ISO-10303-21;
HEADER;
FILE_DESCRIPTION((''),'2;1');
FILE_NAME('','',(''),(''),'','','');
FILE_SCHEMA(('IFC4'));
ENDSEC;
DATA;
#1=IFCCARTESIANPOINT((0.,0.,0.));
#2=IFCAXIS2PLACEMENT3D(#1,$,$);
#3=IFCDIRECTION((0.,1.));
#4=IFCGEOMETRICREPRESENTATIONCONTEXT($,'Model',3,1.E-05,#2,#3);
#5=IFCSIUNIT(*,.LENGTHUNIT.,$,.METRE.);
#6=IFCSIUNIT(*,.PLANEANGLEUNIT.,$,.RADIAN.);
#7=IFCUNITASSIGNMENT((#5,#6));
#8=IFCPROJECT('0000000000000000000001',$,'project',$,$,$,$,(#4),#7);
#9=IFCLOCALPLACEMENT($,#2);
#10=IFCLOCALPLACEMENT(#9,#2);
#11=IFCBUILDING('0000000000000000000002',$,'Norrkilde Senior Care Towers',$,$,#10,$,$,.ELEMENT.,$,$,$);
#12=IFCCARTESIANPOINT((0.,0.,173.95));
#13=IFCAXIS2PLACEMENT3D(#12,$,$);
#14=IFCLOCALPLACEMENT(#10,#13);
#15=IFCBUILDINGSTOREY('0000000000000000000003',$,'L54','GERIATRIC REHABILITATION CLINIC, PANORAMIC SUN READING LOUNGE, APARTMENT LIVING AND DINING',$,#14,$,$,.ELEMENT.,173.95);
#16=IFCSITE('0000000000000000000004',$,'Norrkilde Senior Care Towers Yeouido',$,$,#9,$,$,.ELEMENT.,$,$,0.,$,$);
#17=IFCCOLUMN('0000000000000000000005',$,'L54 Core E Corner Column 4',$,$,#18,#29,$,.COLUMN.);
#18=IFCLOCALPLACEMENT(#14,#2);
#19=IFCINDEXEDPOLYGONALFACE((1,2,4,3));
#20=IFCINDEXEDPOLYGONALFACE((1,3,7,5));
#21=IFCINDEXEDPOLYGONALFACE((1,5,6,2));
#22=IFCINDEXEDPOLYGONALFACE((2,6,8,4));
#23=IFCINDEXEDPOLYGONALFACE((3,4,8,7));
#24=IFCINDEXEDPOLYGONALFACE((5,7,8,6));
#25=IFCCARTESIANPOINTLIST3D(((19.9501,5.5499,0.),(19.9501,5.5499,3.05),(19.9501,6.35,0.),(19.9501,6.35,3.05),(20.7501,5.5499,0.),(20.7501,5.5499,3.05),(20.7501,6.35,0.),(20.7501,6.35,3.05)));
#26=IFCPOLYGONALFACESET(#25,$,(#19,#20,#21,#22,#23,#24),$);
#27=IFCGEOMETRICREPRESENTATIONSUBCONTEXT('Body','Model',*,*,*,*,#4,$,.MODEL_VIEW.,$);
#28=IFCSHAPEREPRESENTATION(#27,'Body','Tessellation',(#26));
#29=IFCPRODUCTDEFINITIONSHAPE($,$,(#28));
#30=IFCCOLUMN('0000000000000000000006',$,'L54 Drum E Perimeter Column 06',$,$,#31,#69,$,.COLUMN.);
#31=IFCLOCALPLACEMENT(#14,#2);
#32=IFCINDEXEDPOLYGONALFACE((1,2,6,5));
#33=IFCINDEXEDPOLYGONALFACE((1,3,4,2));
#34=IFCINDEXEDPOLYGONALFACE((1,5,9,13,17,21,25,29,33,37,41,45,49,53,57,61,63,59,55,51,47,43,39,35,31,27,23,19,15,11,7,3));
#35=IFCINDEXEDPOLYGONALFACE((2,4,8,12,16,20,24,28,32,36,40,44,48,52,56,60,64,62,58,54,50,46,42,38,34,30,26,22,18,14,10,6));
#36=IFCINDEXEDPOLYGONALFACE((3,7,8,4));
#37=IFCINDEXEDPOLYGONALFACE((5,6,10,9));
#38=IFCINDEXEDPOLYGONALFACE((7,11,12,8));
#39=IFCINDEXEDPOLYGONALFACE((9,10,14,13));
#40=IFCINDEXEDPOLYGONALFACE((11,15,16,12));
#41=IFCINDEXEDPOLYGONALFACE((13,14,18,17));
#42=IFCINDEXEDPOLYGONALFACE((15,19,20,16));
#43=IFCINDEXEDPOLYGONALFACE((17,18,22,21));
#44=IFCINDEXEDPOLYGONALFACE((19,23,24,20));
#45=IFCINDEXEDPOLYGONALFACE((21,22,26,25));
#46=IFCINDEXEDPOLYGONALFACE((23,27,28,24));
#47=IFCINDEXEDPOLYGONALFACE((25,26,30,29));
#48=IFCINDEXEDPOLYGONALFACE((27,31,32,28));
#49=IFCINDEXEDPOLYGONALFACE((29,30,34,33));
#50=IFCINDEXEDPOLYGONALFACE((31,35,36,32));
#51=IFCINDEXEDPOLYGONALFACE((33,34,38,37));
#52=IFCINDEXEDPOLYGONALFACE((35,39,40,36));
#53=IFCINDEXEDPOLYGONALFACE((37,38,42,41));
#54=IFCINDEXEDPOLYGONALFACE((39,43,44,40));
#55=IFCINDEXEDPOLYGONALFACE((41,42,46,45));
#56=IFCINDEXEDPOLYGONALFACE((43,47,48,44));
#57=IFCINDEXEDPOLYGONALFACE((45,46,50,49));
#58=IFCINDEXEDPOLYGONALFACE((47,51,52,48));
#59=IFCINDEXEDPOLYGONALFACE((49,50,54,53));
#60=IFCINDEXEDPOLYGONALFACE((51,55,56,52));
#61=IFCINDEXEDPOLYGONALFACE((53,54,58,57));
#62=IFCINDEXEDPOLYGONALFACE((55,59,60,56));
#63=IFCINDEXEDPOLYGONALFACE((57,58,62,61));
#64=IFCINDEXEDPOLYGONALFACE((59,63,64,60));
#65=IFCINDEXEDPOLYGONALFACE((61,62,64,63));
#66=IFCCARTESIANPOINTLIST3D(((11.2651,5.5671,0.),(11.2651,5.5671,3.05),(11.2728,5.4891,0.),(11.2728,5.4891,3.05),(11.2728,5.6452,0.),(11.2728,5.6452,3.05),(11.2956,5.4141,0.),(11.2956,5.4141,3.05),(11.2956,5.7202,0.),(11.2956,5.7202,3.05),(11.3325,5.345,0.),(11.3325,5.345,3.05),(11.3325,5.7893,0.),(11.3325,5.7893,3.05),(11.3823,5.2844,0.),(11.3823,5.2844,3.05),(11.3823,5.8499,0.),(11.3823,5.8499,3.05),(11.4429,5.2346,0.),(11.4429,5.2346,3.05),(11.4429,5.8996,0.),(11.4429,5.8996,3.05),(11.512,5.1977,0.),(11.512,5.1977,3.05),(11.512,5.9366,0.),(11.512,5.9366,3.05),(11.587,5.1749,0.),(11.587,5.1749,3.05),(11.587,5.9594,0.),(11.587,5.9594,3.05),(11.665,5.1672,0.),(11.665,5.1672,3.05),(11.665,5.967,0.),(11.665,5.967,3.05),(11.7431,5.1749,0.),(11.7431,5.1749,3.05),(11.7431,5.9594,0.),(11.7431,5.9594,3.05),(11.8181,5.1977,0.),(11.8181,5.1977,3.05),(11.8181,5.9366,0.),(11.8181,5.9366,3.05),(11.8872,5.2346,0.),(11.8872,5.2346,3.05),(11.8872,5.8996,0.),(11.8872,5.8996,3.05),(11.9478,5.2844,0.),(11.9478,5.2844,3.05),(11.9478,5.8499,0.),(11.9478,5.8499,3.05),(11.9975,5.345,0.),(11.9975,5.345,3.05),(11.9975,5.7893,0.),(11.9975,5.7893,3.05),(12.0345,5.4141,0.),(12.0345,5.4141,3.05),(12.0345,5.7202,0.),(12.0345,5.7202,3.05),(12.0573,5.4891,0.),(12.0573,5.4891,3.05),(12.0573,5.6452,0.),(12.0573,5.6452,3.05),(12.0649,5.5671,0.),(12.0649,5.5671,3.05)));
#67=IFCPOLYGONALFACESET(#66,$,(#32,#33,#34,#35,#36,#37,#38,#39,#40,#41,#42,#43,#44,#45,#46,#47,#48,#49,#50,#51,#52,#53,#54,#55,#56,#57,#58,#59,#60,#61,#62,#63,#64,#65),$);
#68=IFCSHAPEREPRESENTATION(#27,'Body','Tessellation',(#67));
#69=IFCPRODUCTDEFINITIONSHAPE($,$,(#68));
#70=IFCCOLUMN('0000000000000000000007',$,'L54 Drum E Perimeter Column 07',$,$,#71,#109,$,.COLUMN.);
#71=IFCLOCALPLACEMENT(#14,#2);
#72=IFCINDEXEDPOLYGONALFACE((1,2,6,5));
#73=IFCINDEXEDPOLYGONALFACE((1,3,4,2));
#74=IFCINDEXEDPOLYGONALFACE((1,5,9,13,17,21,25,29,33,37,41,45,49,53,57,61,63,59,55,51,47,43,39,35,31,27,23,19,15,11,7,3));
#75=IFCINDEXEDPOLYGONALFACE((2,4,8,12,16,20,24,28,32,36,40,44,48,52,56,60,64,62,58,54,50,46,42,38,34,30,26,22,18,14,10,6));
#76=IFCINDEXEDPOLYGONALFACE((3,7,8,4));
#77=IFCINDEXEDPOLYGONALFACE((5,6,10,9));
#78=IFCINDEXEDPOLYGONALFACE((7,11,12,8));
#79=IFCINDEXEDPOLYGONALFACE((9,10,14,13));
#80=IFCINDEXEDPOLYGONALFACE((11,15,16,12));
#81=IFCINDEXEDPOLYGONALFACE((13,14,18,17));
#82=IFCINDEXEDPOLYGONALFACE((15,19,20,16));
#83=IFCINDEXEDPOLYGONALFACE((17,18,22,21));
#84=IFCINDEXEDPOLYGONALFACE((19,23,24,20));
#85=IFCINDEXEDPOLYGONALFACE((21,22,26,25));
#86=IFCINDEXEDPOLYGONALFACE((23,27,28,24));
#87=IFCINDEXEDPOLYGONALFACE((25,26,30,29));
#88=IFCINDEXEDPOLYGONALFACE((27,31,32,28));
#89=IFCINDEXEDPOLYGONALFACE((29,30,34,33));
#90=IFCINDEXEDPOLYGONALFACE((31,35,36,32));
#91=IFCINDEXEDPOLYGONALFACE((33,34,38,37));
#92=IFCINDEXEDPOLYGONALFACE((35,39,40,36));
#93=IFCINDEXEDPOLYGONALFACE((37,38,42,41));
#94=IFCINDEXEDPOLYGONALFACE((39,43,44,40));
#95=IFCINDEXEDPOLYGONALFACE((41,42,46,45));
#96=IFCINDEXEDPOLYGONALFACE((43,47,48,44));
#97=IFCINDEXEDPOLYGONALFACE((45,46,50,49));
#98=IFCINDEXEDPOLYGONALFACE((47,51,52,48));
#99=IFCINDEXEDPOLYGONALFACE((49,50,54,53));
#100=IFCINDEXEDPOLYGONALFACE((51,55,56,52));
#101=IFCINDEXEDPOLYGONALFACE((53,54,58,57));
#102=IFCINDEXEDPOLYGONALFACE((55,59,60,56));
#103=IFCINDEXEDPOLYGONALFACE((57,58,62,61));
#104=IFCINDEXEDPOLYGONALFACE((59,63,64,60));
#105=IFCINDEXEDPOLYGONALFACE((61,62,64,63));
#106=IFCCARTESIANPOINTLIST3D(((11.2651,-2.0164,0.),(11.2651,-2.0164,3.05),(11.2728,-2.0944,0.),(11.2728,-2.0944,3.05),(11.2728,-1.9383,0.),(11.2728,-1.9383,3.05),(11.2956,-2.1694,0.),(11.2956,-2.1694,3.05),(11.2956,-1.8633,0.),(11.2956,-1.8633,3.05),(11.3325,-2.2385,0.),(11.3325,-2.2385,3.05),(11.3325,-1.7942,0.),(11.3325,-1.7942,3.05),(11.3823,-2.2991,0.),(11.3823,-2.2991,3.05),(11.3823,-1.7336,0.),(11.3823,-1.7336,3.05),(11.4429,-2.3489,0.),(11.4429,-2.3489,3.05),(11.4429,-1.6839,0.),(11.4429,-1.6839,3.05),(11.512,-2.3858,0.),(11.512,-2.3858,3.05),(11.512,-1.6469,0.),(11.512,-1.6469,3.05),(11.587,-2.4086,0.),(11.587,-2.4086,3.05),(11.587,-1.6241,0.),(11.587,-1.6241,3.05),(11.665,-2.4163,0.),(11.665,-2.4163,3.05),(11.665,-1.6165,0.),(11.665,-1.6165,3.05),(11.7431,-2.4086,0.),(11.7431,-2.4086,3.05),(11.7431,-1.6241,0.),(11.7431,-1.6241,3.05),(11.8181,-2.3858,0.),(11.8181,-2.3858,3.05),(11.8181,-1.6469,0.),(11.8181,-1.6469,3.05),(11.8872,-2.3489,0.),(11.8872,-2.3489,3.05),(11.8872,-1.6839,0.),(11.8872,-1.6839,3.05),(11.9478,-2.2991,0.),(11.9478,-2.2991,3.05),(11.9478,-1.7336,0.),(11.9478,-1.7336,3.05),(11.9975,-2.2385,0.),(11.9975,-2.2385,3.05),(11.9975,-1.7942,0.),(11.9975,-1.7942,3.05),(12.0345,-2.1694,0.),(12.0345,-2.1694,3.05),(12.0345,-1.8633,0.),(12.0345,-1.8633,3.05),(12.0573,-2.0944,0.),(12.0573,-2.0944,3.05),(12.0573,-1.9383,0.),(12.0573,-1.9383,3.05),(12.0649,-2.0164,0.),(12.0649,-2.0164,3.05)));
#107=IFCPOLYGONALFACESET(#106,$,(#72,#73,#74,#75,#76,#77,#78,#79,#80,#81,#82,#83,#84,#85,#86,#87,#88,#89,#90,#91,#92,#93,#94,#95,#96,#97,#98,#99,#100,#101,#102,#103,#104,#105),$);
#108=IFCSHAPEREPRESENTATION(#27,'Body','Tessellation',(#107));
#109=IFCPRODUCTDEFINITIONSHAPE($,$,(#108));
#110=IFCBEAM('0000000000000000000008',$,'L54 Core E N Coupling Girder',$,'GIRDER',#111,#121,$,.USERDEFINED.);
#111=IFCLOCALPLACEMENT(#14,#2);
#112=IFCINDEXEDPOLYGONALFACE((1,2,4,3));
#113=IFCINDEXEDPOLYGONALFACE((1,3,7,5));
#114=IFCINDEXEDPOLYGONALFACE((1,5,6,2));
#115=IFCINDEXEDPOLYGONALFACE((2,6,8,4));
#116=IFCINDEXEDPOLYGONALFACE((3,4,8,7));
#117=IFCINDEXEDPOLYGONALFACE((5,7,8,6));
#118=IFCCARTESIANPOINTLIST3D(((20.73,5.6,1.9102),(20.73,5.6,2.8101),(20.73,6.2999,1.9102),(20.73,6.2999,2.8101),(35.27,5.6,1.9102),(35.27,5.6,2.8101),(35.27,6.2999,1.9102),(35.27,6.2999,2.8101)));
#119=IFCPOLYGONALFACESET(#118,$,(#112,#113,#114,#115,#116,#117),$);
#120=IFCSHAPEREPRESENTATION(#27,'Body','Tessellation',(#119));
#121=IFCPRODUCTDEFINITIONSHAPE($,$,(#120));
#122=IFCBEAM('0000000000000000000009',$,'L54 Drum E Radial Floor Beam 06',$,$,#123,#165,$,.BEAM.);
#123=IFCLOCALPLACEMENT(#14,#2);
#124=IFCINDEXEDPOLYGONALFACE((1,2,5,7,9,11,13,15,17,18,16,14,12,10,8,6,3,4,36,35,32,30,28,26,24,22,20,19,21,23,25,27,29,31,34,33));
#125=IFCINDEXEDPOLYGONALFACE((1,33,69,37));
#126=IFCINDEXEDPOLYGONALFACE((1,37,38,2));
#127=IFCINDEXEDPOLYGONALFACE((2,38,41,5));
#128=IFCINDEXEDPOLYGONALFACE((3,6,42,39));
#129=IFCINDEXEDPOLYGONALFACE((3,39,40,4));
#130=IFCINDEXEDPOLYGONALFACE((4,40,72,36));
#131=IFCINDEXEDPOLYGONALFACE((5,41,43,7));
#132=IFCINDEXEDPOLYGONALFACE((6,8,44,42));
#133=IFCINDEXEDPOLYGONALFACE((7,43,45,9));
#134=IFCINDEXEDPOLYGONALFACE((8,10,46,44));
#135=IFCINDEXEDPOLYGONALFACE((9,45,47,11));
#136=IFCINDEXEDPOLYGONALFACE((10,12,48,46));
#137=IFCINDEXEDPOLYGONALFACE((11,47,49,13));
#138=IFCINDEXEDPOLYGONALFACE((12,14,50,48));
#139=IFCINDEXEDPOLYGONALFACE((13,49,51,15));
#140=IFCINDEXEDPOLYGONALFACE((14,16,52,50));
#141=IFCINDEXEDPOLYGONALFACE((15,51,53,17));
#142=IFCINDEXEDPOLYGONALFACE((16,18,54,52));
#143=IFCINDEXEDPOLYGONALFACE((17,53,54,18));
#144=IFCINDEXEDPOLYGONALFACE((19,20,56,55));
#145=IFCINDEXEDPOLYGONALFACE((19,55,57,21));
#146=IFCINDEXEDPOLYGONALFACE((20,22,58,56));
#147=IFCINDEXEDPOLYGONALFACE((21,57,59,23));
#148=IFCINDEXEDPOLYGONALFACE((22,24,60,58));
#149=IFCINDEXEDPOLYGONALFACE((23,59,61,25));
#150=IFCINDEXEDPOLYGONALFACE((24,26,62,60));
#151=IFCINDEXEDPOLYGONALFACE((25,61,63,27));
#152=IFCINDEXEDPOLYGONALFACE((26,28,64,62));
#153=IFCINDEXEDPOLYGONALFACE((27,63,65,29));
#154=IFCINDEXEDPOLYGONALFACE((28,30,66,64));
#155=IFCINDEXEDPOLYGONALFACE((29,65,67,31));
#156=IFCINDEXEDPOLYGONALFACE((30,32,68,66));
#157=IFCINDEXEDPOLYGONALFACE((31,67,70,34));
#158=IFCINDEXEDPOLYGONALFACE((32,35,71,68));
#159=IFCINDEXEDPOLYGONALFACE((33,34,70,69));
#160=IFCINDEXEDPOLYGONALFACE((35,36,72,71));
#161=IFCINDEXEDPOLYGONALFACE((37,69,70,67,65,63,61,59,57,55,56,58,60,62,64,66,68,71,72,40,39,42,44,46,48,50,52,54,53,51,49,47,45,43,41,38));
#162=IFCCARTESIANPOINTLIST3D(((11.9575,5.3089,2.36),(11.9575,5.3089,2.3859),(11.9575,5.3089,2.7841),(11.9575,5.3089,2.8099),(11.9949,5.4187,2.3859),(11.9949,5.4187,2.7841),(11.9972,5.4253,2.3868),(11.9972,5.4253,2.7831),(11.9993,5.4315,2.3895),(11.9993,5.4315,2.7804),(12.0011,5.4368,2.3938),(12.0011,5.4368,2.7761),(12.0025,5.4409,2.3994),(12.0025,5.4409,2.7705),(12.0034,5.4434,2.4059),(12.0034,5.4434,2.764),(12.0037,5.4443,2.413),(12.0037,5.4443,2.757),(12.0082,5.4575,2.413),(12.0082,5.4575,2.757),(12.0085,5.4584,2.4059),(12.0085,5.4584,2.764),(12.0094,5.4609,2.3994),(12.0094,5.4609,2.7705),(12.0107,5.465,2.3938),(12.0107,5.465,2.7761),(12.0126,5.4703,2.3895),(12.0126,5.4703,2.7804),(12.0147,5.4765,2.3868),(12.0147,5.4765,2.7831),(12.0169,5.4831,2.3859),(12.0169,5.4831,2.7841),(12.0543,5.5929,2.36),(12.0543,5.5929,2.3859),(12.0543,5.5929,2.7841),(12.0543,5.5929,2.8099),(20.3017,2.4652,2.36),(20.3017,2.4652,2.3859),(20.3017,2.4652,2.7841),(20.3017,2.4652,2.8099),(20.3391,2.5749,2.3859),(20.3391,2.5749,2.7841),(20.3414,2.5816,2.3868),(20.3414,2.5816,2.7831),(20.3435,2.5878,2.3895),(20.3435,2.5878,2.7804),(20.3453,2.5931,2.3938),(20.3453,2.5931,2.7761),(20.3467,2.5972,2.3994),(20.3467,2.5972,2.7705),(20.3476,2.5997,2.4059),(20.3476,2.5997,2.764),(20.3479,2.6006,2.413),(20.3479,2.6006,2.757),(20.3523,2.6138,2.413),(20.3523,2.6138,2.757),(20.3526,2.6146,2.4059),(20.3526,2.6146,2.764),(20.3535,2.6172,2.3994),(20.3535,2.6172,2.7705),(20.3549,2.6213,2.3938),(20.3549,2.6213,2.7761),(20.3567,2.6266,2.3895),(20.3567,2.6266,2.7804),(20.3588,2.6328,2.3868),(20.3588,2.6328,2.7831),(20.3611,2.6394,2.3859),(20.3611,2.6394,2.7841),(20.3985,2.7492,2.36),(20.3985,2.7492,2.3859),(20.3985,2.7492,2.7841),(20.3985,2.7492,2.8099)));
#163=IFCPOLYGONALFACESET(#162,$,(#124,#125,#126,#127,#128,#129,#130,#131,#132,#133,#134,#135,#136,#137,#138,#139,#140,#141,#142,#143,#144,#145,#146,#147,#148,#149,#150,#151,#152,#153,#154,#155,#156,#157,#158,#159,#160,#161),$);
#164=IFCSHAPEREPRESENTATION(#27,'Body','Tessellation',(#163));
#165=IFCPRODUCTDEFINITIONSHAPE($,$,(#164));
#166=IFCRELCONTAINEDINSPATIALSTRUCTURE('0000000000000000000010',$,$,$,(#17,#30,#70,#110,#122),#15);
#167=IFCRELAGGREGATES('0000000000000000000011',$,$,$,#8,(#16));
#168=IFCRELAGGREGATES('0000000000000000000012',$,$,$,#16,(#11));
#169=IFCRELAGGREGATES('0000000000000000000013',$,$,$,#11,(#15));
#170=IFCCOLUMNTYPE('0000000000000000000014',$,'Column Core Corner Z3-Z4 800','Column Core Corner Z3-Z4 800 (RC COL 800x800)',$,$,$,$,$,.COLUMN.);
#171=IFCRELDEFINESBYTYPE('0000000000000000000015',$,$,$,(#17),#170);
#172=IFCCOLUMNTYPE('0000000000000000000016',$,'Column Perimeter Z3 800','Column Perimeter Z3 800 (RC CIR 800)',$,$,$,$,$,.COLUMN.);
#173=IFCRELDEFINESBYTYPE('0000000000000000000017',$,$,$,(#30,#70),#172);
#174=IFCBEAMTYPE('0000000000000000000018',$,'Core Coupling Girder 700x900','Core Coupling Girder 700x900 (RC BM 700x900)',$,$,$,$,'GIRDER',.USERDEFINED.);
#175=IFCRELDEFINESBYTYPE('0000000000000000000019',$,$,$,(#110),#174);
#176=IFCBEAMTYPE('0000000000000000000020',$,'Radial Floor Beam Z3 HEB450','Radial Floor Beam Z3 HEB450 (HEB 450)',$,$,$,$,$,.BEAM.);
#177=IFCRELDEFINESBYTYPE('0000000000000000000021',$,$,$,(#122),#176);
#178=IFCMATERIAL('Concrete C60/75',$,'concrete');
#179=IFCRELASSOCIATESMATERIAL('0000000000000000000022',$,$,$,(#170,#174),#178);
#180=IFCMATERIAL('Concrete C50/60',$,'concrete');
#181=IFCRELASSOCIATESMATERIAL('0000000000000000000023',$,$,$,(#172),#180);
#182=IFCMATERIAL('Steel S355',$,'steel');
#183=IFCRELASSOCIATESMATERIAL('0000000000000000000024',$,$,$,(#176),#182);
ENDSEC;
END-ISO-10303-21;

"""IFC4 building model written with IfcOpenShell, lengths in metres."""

from ifc_helpers import new_model, si_unit, direction, frame, origin, origin_2d, place, context, subcontext, project, spatial, rectangle, circle, i_section, extrude, source, transform, mapped, material, material_profile, profile_set, type_object, type_shapes, element, save


model = new_model("IFC4")

# Units and contexts
model_context = context("Model", 3, precision=1e-05, world=origin(), true_north=direction((0.0, 1.0)))
body_context = subcontext(model_context, "Body", "Model", "MODEL_VIEW")
ifc_project = project(units=[si_unit("LENGTHUNIT", "METRE"), si_unit("PLANEANGLEUNIT", "RADIAN")], contexts=[model_context])

# Site, building, storey
site_placement = place(None, origin())
site = spatial("IfcSite", under=ifc_project, at=site_placement, Name="Norrkilde Senior Care Towers Yeouido", CompositionType="ELEMENT", RefElevation=0.0)
building_placement = place(site_placement, origin())
building = spatial("IfcBuilding", under=site, at=building_placement, Name="Norrkilde Senior Care Towers", CompositionType="ELEMENT")
storey_placement = place(building_placement, frame((0.0, 0.0, 173.95)))
storey = spatial("IfcBuildingStorey", under=building, at=storey_placement, Name="L54", Description="GERIATRIC REHABILITATION CLINIC, PANORAMIC SUN READING LOUNGE, APARTMENT LIVING AND DINING", CompositionType="ELEMENT", Elevation=173.95)

# Columns
ifc_material_1 = material(Name="Concrete C60/75", Category="concrete")
ifc_material_profile_1 = material_profile(ifc_material_1, rectangle(XDim=0.8, YDim=0.8, at=origin_2d()), Name="RC COL 800x800")
ifc_profile_set_1 = profile_set([ifc_material_profile_1], Name="Concrete C60/75")
column_type_1 = type_object("IfcColumnType", Name="Column Core Corner Z3-Z4 800", Description="Column Core Corner Z3-Z4 800 (RC COL 800x800)", PredefinedType="COLUMN", material=ifc_profile_set_1)
shared_shape_1 = source(origin(), body_context, "Body", "SweptSolid", [
    extrude(rectangle(XDim=0.8, YDim=0.8, at=origin_2d()), origin(), (0.0, 0.0, 1.0), 3.05),
])
type_shapes(column_type_1, [shared_shape_1])
column_placement = place(storey_placement, frame((20.3501, 5.95, 0.0), z_axis=(0.0, 0.0, 1.0), x_axis=(1.0, 0.0, 0.0)))
element("IfcColumn", 1, at=column_placement, inside=storey, type_object=column_type_1, Name="L54 Core E Corner Column 4", PredefinedType="COLUMN", context=body_context, shape_type="MappedRepresentation", body=[
    mapped(shared_shape_1, transform((0.0, 0.0, 0.0), x_axis=(1.0, 0.0, 0.0), y_axis=(0.0, 1.0, 0.0), z_axis=(0.0, 0.0, 1.0), scale=1.0)),
])
ifc_material_2 = material(Name="Concrete C50/60", Category="concrete")
ifc_material_profile_2 = material_profile(ifc_material_2, circle(Radius=0.3999, at=origin_2d()), Name="RC CIR 800")
ifc_profile_set_2 = profile_set([ifc_material_profile_2], Name="Concrete C50/60")
column_type_2 = type_object("IfcColumnType", Name="Column Perimeter Z3 800", Description="Column Perimeter Z3 800 (RC CIR 800)", PredefinedType="COLUMN", material=ifc_profile_set_2)
shared_shape_2 = source(origin(), body_context, "Body", "SweptSolid", [
    extrude(circle(Radius=0.3999, at=origin_2d()), origin(), (0.0, 0.0, 1.0), 3.05),
])
type_shapes(column_type_2, [shared_shape_2])
for number, where, z_axis, x_axis, name in (
    (2, (11.665, 5.5671, 0.0), (0.0, 0.0, 1.0), (1.0, 0.0, 0.0), "L54 Drum E Perimeter Column 06"),
    (3, (11.665, -2.0164, 0.0), (0.0, 0.0, 1.0), (1.0, 0.0, 0.0), "L54 Drum E Perimeter Column 07"),
):
    element("IfcColumn", number, at=place(storey_placement, frame(where, z_axis=z_axis, x_axis=x_axis)), inside=storey, type_object=column_type_2, Name=name, PredefinedType="COLUMN", context=body_context, shape_type="MappedRepresentation", body=[
        mapped(shared_shape_2, transform((0.0, 0.0, 0.0), x_axis=(1.0, 0.0, 0.0), y_axis=(0.0, 1.0, 0.0), z_axis=(0.0, 0.0, 1.0), scale=1.0)),
    ])

# Beams
ifc_material_profile_3 = material_profile(ifc_material_1, rectangle(XDim=0.7, YDim=0.8999, at=origin_2d()), Name="RC BM 700x900")
ifc_profile_set_3 = profile_set([ifc_material_profile_3], Name="Concrete C60/75")
beam_type_1 = type_object("IfcBeamType", Name="Core Coupling Girder 700x900", Description="Core Coupling Girder 700x900 (RC BM 700x900)", ElementType="GIRDER", PredefinedType="USERDEFINED", material=ifc_profile_set_3)
shared_shape_3 = source(origin(), body_context, "Body", "SweptSolid", [
    extrude(rectangle(XDim=0.7, YDim=0.8999, at=origin_2d()), origin(), (0.0, 0.0, 1.0), 14.54),
])
type_shapes(beam_type_1, [shared_shape_3])
beam_1_placement = place(storey_placement, frame((20.73, 5.95, 2.3601), z_axis=(1.0, 0.0, 0.0), x_axis=(0.0, 1.0, 0.0)))
element("IfcBeam", 4, at=beam_1_placement, inside=storey, type_object=beam_type_1, Name="L54 Core E N Coupling Girder", ObjectType="GIRDER", PredefinedType="USERDEFINED", context=body_context, shape_type="MappedRepresentation", body=[
    mapped(shared_shape_3, transform((0.0, 0.0, 0.0), x_axis=(1.0, 0.0, 0.0), y_axis=(0.0, 1.0, 0.0), z_axis=(0.0, 0.0, 1.0), scale=1.0)),
])
ifc_material_3 = material(Name="Steel S355", Category="steel")
ifc_material_profile_4 = material_profile(ifc_material_3, i_section(OverallWidth=0.3, OverallDepth=0.45, WebThickness=0.0139, FlangeThickness=0.0259, FilletRadius=0.0271, at=origin_2d()), Name="HEB 450")
ifc_profile_set_4 = profile_set([ifc_material_profile_4], Name="Steel S355")
beam_type_2 = type_object("IfcBeamType", Name="Radial Floor Beam Z3 HEB450", Description="Radial Floor Beam Z3 HEB450 (HEB 450)", PredefinedType="BEAM", material=ifc_profile_set_4)
shared_shape_4 = source(origin(), body_context, "Body", "SweptSolid", [
    extrude(i_section(OverallWidth=0.3, OverallDepth=0.45, WebThickness=0.0139, FlangeThickness=0.0259, FilletRadius=0.0271, at=origin_2d()), origin(), (0.0, 0.0, 1.0), 8.8154),
])
beam_2_placement = place(storey_placement, frame((20.3501, 2.6072, 2.585), z_axis=(-0.946541, 0.322585, 0.0), x_axis=(-0.322585, -0.946541, 0.0)))
element("IfcBeam", 5, at=beam_2_placement, inside=storey, type_object=beam_type_2, Name="L54 Drum E Radial Floor Beam 06", PredefinedType="BEAM", context=body_context, shape_type="MappedRepresentation", body=[
    mapped(shared_shape_4, transform((0.0, 0.0, 0.0), x_axis=(1.0, 0.0, 0.0), y_axis=(0.0, 1.0, 0.0), z_axis=(0.0, 0.0, 1.0), scale=1.0)),
])

save(model, "model.ifc")
